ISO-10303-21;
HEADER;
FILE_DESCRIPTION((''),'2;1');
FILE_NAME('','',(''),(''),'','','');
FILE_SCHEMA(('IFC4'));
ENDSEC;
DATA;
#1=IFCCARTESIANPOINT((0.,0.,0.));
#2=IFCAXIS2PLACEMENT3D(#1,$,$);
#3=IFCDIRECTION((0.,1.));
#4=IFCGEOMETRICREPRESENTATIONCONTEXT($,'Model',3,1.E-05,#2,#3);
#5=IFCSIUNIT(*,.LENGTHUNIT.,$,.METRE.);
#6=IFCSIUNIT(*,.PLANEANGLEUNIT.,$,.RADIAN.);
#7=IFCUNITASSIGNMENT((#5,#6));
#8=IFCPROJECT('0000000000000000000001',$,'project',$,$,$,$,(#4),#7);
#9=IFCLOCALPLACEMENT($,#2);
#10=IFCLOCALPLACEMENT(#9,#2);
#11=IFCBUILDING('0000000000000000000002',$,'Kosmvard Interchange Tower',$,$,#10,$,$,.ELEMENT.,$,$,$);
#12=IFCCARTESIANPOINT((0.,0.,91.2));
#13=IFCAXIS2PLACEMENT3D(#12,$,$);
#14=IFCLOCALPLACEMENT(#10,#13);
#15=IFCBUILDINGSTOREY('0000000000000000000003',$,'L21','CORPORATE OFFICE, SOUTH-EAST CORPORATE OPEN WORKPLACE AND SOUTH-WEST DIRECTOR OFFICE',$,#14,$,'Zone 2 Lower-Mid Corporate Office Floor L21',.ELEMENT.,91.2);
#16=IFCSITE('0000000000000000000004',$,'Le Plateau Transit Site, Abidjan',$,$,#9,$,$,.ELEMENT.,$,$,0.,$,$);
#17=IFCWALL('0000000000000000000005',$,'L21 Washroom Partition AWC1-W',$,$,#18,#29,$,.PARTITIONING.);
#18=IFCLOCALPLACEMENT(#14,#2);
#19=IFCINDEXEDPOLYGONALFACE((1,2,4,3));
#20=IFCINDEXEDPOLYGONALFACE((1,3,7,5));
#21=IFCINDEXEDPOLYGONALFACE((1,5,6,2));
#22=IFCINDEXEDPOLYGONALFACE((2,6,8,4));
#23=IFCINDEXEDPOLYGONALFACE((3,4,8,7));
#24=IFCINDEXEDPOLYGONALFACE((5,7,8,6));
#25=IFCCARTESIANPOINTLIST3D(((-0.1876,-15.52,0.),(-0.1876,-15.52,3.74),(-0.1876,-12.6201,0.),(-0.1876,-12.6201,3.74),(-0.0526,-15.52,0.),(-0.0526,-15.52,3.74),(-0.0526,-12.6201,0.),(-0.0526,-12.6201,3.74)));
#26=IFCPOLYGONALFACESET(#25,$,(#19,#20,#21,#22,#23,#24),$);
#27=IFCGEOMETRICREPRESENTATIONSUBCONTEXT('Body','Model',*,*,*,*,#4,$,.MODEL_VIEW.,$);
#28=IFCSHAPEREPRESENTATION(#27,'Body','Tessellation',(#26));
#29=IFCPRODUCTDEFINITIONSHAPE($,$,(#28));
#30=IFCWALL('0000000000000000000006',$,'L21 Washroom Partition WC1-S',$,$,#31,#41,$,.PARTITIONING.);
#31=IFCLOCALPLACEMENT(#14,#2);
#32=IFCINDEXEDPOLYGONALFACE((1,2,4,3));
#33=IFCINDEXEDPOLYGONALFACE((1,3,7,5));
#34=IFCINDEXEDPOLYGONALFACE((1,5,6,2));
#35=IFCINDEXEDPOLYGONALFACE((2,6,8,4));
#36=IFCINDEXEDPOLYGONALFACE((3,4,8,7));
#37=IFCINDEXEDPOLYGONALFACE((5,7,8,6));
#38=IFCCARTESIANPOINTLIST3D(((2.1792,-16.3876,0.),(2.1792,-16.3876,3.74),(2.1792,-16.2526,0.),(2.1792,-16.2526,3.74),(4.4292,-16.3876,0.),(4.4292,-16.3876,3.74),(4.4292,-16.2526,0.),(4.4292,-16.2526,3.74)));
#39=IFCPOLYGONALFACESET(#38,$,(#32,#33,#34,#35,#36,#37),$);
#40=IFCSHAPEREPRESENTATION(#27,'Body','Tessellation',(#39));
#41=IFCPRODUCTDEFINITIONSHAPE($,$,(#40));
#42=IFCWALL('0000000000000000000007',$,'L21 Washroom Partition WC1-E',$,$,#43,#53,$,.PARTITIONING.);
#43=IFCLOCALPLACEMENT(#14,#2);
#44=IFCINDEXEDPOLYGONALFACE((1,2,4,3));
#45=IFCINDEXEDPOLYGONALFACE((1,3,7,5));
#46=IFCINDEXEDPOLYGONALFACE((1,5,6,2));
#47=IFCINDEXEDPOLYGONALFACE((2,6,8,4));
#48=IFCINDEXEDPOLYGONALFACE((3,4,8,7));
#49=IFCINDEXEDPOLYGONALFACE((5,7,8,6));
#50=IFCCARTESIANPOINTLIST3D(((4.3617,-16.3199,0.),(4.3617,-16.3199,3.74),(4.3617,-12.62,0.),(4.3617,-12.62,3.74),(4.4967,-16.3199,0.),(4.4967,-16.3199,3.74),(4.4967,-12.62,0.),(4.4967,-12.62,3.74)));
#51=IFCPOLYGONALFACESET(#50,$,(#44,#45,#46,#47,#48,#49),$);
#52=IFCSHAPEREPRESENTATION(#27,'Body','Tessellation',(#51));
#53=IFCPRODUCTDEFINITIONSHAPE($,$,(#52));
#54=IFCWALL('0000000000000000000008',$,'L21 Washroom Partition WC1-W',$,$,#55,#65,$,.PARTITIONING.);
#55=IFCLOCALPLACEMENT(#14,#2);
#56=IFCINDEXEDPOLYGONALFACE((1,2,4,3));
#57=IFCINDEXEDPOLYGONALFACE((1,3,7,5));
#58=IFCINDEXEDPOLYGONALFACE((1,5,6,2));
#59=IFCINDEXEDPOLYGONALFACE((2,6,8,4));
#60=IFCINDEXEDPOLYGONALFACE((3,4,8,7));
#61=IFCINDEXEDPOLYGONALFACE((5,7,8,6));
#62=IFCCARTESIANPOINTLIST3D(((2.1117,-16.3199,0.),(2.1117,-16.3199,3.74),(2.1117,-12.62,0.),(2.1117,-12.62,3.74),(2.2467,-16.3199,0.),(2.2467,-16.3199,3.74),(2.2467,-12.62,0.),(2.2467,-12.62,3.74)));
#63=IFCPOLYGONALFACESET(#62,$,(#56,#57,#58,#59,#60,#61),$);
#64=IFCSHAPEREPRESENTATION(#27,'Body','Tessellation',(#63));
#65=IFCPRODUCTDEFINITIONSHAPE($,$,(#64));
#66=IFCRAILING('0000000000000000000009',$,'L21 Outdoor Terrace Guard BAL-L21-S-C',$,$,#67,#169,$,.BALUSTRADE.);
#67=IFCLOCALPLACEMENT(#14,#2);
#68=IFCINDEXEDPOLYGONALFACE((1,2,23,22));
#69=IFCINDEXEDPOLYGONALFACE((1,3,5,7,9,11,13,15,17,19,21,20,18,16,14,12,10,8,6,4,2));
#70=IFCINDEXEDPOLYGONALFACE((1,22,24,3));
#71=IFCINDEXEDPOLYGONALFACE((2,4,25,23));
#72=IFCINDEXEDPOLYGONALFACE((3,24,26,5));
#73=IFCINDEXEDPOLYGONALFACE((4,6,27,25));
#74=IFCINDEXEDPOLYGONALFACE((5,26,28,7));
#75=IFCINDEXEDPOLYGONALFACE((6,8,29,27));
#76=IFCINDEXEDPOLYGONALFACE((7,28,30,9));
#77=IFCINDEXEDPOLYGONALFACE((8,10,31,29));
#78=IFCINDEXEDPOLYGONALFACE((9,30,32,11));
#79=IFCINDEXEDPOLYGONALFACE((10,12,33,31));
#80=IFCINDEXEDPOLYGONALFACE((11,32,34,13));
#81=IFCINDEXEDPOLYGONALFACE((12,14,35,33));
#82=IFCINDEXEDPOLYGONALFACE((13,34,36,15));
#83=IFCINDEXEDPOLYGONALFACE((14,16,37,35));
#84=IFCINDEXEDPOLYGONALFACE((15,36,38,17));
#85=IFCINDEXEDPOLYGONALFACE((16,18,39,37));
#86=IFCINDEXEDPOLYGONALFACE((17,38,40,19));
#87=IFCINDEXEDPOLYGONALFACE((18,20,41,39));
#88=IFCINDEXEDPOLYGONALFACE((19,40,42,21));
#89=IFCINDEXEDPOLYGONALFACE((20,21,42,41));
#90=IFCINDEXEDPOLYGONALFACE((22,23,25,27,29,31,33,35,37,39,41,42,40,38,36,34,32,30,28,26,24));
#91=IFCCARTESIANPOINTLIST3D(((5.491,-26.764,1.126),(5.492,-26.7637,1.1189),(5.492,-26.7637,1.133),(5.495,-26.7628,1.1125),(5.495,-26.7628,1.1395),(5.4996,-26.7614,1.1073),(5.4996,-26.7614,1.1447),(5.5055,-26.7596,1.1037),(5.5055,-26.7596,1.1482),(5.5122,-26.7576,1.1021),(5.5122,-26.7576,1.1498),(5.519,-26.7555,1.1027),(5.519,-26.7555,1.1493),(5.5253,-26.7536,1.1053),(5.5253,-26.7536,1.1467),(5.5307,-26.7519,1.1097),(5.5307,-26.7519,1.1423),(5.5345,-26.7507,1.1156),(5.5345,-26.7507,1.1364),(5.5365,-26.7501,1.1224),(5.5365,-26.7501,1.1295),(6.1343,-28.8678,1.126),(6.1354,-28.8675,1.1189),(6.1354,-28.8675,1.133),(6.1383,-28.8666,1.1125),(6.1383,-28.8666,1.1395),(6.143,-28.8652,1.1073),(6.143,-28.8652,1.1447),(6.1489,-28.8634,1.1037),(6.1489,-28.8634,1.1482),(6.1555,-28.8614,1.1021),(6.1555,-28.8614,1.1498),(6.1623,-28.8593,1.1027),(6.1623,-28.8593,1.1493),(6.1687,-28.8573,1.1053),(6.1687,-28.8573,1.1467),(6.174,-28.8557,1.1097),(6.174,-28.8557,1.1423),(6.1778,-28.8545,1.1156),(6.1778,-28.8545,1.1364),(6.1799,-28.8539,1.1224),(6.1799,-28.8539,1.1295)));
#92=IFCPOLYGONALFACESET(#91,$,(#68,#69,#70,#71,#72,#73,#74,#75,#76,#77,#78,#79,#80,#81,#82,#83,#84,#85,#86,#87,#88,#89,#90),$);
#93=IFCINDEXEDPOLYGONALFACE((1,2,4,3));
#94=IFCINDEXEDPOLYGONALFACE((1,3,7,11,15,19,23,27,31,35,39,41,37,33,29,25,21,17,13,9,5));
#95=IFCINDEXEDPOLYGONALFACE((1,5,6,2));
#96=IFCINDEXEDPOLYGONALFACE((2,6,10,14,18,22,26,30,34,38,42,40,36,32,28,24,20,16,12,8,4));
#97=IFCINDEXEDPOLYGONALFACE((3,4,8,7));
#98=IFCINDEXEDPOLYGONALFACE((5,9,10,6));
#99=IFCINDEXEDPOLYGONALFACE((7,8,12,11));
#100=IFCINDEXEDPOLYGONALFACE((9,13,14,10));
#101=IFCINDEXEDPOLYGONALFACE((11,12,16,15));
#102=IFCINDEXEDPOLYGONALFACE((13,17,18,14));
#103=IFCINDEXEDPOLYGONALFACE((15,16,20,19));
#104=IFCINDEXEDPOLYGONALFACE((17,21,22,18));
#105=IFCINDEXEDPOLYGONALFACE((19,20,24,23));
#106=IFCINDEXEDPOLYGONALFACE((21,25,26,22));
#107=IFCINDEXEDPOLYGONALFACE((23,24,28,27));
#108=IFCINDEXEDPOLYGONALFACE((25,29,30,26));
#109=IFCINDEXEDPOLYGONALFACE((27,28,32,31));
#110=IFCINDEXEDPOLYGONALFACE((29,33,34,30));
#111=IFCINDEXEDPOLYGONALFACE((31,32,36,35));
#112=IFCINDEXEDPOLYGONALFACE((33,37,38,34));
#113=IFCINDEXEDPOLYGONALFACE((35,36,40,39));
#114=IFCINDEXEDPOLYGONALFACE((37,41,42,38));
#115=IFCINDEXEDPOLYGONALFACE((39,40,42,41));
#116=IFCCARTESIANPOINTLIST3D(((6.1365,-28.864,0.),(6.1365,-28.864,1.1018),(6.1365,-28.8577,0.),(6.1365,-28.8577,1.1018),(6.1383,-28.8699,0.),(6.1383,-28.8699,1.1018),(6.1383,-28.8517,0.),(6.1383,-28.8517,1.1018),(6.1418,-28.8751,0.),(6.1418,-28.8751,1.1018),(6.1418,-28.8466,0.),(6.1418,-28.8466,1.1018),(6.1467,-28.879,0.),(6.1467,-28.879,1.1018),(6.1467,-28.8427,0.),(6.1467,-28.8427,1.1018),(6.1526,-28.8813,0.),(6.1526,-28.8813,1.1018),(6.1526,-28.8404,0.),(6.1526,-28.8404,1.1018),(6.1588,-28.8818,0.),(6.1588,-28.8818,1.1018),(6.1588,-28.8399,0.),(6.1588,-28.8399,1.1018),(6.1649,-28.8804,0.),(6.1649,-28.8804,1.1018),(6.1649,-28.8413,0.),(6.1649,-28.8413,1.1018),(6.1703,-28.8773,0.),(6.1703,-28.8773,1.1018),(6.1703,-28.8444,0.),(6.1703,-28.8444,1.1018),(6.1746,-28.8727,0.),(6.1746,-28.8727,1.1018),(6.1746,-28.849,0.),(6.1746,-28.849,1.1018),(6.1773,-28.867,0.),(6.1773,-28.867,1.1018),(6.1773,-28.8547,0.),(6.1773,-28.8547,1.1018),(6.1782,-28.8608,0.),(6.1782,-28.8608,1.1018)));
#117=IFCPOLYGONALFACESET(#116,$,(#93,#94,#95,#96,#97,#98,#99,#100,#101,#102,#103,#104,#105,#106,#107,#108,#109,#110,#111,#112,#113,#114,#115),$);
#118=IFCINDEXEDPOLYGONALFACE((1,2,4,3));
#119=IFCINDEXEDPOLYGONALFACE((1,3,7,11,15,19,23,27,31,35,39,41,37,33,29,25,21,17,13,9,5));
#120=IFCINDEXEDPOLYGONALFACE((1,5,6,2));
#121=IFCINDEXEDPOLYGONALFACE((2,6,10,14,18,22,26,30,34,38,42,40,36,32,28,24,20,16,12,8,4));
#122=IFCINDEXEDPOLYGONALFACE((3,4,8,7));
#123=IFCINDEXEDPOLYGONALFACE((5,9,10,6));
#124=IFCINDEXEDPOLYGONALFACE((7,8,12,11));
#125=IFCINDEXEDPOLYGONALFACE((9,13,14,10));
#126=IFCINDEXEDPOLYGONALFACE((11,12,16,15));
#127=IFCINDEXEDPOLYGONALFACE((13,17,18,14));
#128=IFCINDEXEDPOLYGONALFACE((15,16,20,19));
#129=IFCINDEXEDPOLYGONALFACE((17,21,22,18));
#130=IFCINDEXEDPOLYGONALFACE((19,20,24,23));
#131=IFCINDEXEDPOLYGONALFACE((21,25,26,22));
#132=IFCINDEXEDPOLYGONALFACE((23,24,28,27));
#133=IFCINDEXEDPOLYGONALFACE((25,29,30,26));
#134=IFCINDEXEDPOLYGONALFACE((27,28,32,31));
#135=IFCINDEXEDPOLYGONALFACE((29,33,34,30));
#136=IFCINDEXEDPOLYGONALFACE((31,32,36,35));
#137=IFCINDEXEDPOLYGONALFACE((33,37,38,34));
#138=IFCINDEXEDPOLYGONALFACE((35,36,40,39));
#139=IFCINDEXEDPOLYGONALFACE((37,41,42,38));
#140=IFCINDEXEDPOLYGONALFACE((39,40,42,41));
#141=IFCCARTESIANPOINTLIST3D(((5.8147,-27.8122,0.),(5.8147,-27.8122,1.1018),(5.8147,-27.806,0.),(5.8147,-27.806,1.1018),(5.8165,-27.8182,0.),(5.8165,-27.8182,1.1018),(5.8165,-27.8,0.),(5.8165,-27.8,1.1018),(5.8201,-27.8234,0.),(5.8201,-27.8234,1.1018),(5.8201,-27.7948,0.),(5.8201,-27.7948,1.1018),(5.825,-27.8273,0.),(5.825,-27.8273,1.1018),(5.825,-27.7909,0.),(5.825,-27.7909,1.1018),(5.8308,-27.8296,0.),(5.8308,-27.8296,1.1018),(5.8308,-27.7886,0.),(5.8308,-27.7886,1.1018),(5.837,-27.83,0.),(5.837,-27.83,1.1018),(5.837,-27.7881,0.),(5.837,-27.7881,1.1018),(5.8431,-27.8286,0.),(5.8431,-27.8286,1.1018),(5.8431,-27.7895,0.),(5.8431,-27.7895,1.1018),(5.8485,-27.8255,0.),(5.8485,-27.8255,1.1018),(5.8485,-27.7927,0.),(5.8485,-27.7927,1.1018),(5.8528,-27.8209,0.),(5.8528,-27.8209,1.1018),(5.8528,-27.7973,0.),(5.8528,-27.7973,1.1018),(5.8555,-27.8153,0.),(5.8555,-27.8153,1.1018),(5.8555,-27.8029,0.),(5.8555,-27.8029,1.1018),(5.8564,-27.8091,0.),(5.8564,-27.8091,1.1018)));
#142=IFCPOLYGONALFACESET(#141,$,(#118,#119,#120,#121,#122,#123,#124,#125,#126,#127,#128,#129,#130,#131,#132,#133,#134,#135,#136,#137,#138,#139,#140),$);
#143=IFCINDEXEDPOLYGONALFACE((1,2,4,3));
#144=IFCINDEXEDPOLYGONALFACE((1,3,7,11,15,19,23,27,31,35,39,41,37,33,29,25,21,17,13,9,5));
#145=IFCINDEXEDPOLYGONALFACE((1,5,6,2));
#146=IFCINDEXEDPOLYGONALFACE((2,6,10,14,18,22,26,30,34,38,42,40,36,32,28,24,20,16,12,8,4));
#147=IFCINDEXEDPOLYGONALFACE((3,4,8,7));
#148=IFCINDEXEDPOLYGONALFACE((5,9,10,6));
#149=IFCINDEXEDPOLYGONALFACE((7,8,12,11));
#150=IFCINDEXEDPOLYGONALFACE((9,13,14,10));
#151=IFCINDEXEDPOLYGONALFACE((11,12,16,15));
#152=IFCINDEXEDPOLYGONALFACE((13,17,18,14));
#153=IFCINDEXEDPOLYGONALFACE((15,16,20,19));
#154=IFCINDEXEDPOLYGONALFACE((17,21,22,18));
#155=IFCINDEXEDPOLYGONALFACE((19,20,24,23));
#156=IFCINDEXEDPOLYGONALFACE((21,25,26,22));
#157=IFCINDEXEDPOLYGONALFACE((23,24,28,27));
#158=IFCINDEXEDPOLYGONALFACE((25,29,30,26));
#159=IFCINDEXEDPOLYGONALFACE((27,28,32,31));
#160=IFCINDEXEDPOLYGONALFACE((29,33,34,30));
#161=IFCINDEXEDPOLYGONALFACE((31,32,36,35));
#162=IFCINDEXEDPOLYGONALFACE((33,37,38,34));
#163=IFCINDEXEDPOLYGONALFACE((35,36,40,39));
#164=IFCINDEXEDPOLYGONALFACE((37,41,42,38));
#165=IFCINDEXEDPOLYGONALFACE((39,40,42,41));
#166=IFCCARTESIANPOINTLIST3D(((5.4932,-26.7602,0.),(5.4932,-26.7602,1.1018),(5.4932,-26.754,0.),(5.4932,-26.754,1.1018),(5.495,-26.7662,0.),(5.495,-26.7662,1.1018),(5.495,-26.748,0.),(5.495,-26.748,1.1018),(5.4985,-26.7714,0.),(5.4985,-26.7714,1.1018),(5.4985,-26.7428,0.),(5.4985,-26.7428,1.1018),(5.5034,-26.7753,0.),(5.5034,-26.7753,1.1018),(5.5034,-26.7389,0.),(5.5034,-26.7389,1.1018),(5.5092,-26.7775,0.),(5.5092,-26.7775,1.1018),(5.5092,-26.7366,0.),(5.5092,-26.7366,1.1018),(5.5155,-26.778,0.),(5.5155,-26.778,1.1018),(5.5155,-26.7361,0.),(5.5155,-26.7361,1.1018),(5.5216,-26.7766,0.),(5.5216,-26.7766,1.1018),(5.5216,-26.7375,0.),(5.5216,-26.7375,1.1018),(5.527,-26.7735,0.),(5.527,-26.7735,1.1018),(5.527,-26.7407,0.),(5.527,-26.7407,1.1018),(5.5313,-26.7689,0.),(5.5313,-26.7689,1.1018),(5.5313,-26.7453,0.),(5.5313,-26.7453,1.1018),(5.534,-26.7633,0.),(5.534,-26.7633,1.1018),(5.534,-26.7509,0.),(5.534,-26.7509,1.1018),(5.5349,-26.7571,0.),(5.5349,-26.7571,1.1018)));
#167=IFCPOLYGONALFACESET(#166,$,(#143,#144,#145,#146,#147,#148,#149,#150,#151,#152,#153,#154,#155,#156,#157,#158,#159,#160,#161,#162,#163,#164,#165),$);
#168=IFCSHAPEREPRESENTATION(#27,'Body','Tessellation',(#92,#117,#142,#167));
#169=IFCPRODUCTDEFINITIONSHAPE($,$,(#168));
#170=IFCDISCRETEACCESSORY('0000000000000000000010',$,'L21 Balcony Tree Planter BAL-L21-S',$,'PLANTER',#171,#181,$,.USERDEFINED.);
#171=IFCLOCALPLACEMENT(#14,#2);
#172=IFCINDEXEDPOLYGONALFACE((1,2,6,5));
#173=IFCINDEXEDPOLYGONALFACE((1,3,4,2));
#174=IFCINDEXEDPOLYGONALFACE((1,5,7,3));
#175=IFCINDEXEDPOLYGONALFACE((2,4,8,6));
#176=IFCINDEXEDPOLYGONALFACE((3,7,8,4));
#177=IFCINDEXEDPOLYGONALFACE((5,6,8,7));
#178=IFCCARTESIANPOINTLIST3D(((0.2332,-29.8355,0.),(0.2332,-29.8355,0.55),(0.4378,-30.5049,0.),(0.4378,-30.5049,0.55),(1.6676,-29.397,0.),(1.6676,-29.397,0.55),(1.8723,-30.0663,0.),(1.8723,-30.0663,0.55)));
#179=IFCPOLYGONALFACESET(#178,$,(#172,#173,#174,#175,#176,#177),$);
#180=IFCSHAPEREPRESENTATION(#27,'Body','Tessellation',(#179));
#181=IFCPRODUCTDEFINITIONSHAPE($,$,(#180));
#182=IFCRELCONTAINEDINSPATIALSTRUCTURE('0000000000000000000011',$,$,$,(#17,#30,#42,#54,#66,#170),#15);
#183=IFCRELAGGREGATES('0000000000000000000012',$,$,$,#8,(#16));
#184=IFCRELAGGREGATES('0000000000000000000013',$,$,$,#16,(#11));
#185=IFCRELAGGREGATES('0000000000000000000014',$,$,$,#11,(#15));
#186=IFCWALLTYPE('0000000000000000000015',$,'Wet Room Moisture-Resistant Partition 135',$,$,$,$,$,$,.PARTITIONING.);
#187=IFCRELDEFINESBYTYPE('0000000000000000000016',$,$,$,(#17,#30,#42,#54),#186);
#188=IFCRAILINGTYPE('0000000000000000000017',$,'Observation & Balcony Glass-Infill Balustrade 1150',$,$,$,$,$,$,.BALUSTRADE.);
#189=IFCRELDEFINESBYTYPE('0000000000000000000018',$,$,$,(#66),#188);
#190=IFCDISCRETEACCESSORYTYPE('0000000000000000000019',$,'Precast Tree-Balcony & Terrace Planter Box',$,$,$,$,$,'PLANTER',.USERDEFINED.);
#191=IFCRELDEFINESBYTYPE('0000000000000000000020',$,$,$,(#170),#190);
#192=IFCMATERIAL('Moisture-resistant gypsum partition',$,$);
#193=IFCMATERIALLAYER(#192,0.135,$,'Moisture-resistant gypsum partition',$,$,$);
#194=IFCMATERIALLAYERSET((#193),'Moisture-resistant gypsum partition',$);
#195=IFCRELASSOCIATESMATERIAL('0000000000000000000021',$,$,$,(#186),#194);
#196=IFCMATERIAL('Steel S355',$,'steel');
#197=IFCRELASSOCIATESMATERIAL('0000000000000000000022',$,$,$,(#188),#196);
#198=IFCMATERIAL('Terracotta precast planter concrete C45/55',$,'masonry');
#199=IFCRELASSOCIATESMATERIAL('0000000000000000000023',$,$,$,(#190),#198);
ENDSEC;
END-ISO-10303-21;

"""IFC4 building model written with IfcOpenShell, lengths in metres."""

from ifc_helpers import new_model, si_unit, direction, frame, frame_2d, origin, origin_2d, place, context, subcontext, project, spatial, rectangle, circle, extrude, source, transform, mapped, material, layer, layer_set, type_object, element, save


model = new_model("IFC4")

# Units and contexts
model_context = context("Model", 3, precision=1e-05, world=origin(), true_north=direction((0.0, 1.0)))
body_context = subcontext(model_context, "Body", "Model", "MODEL_VIEW")
ifc_project = project(units=[si_unit("LENGTHUNIT", "METRE"), si_unit("PLANEANGLEUNIT", "RADIAN")], contexts=[model_context])

# Site, building, storey
site_placement = place(None, origin())
site = spatial("IfcSite", under=ifc_project, at=site_placement, Name="Le Plateau Transit Site, Abidjan", CompositionType="ELEMENT", RefElevation=0.0)
building_placement = place(site_placement, origin())
building = spatial("IfcBuilding", under=site, at=building_placement, Name="Kosmvard Interchange Tower", CompositionType="ELEMENT")
storey_placement = place(building_placement, frame((0.0, 0.0, 91.2)))
storey = spatial("IfcBuildingStorey", under=building, at=storey_placement, Name="L21", Description="CORPORATE OFFICE, SOUTH-EAST CORPORATE OPEN WORKPLACE AND SOUTH-WEST DIRECTOR OFFICE", LongName="Zone 2 Lower-Mid Corporate Office Floor L21", CompositionType="ELEMENT", Elevation=91.2)

# Shared definitions
ifc_material_1 = material(Name="Steel S355", Category="steel")

# Walls
ifc_material_2 = material(Name="Moisture-resistant gypsum partition")
ifc_layer_1 = layer(ifc_material_2, 0.135, Name="Moisture-resistant gypsum partition")
ifc_layer_set_1 = layer_set([ifc_layer_1], Name="Moisture-resistant gypsum partition")
wall_type_1 = type_object("IfcWallType", Name="Wet Room Moisture-Resistant Partition 135", PredefinedType="PARTITIONING", material=ifc_layer_set_1)
for number, where, z_axis, x_axis, name in (
    (1, (-0.1201, -15.52, 0.0), (0.0, 0.0, 1.0), (0.0, 1.0, 0.0), "L21 Washroom Partition AWC1-W"),
):
    element("IfcWall", number, at=place(storey_placement, frame(where, z_axis=z_axis, x_axis=x_axis)), inside=storey, type_object=wall_type_1, Name=name, PredefinedType="PARTITIONING", context=body_context, shape_type="SweptSolid", body=[
        extrude(rectangle(XDim=2.8999, YDim=0.135, at=frame_2d((1.45, 0.0))), origin(), (0.0, 0.0, 1.0), 3.74),
    ])
wall_1_placement = place(storey_placement, frame((2.1792, -16.3201, 0.0), z_axis=(0.0, 0.0, 1.0), x_axis=(1.0, 0.0, 0.0)))
element("IfcWall", 2, at=wall_1_placement, inside=storey, type_object=wall_type_1, Name="L21 Washroom Partition WC1-S", PredefinedType="PARTITIONING", context=body_context, shape_type="SweptSolid", body=[
    extrude(rectangle(XDim=2.25, YDim=0.135, at=frame_2d((1.125, 0.0))), origin(), (0.0, 0.0, 1.0), 3.74),
])
for number, where, z_axis, x_axis, name in (
    (3, (4.4292, -16.3201, 0.0), (0.0, 0.0, 1.0), (0.0, 1.0, 0.0), "L21 Washroom Partition WC1-E"),
    (4, (2.1792, -16.3201, 0.0), (0.0, 0.0, 1.0), (0.0, 1.0, 0.0), "L21 Washroom Partition WC1-W"),
):
    element("IfcWall", number, at=place(storey_placement, frame(where, z_axis=z_axis, x_axis=x_axis)), inside=storey, type_object=wall_type_1, Name=name, PredefinedType="PARTITIONING", context=body_context, shape_type="SweptSolid", body=[
        extrude(rectangle(XDim=3.7, YDim=0.135, at=frame_2d((1.8501, 0.0))), origin(), (0.0, 0.0, 1.0), 3.74),
    ])

# Railing
railing_type = type_object("IfcRailingType", Name="Observation & Balcony Glass-Infill Balustrade 1150", PredefinedType="BALUSTRADE", material=ifc_material_1)
shared_shape_1 = source(origin(), body_context, "Body", "SweptSolid", [
    extrude(circle(Radius=0.0239, at=origin_2d()), frame((0.0, 0.0, 1.126), z_axis=(-0.292424, 0.956289, 0.0), x_axis=(-0.956289, -0.292424, 0.0)), (0.0, 0.0, 1.0), 2.2),
    extrude(circle(Radius=0.021, at=origin_2d()), origin(), (0.0, 0.0, 1.0), 1.1018),
    extrude(circle(Radius=0.021, at=origin_2d()), frame((-0.3218, 1.0518, 0.0)), (0.0, 0.0, 1.0), 1.1018),
    extrude(circle(Radius=0.021, at=origin_2d()), frame((-0.6433, 2.1038, 0.0)), (0.0, 0.0, 1.0), 1.1018),
])
railing_1_placement = place(storey_placement, frame((6.1572, -28.8608, 0.0)))
element("IfcRailing", 5, at=railing_1_placement, inside=storey, type_object=railing_type, Name="L21 Outdoor Terrace Guard BAL-L21-S-C", PredefinedType="BALUSTRADE", context=body_context, shape_type="MappedRepresentation", body=[
    mapped(shared_shape_1, transform((0.0, 0.0, 0.0), scale=1.0)),
])

# Discrete accessory
ifc_material_3 = material(Name="Terracotta precast planter concrete C45/55", Category="masonry")
discrete_accessory_type = type_object("IfcDiscreteAccessoryType", Name="Precast Tree-Balcony & Terrace Planter Box", ElementType="PLANTER", PredefinedType="USERDEFINED", material=ifc_material_3)
shared_shape_2 = source(origin(), body_context, "Body", "SweptSolid", [
    extrude(rectangle(XDim=1.5, YDim=0.7, at=origin_2d()), origin(), (0.0, 0.0, 1.0), 0.55),
])
discrete_accessory_placement = place(storey_placement, frame((1.0527, -29.9509, 0.0), z_axis=(0.0, 0.0, 1.0), x_axis=(0.956305, 0.292372, 0.0)))
element("IfcDiscreteAccessory", 6, at=discrete_accessory_placement, inside=storey, type_object=discrete_accessory_type, Name="L21 Balcony Tree Planter BAL-L21-S", ObjectType="PLANTER", PredefinedType="USERDEFINED", context=body_context, shape_type="MappedRepresentation", body=[
    mapped(shared_shape_2, transform((0.0, 0.0, 0.0), scale=1.0)),
])

save(model, "model.ifc")
